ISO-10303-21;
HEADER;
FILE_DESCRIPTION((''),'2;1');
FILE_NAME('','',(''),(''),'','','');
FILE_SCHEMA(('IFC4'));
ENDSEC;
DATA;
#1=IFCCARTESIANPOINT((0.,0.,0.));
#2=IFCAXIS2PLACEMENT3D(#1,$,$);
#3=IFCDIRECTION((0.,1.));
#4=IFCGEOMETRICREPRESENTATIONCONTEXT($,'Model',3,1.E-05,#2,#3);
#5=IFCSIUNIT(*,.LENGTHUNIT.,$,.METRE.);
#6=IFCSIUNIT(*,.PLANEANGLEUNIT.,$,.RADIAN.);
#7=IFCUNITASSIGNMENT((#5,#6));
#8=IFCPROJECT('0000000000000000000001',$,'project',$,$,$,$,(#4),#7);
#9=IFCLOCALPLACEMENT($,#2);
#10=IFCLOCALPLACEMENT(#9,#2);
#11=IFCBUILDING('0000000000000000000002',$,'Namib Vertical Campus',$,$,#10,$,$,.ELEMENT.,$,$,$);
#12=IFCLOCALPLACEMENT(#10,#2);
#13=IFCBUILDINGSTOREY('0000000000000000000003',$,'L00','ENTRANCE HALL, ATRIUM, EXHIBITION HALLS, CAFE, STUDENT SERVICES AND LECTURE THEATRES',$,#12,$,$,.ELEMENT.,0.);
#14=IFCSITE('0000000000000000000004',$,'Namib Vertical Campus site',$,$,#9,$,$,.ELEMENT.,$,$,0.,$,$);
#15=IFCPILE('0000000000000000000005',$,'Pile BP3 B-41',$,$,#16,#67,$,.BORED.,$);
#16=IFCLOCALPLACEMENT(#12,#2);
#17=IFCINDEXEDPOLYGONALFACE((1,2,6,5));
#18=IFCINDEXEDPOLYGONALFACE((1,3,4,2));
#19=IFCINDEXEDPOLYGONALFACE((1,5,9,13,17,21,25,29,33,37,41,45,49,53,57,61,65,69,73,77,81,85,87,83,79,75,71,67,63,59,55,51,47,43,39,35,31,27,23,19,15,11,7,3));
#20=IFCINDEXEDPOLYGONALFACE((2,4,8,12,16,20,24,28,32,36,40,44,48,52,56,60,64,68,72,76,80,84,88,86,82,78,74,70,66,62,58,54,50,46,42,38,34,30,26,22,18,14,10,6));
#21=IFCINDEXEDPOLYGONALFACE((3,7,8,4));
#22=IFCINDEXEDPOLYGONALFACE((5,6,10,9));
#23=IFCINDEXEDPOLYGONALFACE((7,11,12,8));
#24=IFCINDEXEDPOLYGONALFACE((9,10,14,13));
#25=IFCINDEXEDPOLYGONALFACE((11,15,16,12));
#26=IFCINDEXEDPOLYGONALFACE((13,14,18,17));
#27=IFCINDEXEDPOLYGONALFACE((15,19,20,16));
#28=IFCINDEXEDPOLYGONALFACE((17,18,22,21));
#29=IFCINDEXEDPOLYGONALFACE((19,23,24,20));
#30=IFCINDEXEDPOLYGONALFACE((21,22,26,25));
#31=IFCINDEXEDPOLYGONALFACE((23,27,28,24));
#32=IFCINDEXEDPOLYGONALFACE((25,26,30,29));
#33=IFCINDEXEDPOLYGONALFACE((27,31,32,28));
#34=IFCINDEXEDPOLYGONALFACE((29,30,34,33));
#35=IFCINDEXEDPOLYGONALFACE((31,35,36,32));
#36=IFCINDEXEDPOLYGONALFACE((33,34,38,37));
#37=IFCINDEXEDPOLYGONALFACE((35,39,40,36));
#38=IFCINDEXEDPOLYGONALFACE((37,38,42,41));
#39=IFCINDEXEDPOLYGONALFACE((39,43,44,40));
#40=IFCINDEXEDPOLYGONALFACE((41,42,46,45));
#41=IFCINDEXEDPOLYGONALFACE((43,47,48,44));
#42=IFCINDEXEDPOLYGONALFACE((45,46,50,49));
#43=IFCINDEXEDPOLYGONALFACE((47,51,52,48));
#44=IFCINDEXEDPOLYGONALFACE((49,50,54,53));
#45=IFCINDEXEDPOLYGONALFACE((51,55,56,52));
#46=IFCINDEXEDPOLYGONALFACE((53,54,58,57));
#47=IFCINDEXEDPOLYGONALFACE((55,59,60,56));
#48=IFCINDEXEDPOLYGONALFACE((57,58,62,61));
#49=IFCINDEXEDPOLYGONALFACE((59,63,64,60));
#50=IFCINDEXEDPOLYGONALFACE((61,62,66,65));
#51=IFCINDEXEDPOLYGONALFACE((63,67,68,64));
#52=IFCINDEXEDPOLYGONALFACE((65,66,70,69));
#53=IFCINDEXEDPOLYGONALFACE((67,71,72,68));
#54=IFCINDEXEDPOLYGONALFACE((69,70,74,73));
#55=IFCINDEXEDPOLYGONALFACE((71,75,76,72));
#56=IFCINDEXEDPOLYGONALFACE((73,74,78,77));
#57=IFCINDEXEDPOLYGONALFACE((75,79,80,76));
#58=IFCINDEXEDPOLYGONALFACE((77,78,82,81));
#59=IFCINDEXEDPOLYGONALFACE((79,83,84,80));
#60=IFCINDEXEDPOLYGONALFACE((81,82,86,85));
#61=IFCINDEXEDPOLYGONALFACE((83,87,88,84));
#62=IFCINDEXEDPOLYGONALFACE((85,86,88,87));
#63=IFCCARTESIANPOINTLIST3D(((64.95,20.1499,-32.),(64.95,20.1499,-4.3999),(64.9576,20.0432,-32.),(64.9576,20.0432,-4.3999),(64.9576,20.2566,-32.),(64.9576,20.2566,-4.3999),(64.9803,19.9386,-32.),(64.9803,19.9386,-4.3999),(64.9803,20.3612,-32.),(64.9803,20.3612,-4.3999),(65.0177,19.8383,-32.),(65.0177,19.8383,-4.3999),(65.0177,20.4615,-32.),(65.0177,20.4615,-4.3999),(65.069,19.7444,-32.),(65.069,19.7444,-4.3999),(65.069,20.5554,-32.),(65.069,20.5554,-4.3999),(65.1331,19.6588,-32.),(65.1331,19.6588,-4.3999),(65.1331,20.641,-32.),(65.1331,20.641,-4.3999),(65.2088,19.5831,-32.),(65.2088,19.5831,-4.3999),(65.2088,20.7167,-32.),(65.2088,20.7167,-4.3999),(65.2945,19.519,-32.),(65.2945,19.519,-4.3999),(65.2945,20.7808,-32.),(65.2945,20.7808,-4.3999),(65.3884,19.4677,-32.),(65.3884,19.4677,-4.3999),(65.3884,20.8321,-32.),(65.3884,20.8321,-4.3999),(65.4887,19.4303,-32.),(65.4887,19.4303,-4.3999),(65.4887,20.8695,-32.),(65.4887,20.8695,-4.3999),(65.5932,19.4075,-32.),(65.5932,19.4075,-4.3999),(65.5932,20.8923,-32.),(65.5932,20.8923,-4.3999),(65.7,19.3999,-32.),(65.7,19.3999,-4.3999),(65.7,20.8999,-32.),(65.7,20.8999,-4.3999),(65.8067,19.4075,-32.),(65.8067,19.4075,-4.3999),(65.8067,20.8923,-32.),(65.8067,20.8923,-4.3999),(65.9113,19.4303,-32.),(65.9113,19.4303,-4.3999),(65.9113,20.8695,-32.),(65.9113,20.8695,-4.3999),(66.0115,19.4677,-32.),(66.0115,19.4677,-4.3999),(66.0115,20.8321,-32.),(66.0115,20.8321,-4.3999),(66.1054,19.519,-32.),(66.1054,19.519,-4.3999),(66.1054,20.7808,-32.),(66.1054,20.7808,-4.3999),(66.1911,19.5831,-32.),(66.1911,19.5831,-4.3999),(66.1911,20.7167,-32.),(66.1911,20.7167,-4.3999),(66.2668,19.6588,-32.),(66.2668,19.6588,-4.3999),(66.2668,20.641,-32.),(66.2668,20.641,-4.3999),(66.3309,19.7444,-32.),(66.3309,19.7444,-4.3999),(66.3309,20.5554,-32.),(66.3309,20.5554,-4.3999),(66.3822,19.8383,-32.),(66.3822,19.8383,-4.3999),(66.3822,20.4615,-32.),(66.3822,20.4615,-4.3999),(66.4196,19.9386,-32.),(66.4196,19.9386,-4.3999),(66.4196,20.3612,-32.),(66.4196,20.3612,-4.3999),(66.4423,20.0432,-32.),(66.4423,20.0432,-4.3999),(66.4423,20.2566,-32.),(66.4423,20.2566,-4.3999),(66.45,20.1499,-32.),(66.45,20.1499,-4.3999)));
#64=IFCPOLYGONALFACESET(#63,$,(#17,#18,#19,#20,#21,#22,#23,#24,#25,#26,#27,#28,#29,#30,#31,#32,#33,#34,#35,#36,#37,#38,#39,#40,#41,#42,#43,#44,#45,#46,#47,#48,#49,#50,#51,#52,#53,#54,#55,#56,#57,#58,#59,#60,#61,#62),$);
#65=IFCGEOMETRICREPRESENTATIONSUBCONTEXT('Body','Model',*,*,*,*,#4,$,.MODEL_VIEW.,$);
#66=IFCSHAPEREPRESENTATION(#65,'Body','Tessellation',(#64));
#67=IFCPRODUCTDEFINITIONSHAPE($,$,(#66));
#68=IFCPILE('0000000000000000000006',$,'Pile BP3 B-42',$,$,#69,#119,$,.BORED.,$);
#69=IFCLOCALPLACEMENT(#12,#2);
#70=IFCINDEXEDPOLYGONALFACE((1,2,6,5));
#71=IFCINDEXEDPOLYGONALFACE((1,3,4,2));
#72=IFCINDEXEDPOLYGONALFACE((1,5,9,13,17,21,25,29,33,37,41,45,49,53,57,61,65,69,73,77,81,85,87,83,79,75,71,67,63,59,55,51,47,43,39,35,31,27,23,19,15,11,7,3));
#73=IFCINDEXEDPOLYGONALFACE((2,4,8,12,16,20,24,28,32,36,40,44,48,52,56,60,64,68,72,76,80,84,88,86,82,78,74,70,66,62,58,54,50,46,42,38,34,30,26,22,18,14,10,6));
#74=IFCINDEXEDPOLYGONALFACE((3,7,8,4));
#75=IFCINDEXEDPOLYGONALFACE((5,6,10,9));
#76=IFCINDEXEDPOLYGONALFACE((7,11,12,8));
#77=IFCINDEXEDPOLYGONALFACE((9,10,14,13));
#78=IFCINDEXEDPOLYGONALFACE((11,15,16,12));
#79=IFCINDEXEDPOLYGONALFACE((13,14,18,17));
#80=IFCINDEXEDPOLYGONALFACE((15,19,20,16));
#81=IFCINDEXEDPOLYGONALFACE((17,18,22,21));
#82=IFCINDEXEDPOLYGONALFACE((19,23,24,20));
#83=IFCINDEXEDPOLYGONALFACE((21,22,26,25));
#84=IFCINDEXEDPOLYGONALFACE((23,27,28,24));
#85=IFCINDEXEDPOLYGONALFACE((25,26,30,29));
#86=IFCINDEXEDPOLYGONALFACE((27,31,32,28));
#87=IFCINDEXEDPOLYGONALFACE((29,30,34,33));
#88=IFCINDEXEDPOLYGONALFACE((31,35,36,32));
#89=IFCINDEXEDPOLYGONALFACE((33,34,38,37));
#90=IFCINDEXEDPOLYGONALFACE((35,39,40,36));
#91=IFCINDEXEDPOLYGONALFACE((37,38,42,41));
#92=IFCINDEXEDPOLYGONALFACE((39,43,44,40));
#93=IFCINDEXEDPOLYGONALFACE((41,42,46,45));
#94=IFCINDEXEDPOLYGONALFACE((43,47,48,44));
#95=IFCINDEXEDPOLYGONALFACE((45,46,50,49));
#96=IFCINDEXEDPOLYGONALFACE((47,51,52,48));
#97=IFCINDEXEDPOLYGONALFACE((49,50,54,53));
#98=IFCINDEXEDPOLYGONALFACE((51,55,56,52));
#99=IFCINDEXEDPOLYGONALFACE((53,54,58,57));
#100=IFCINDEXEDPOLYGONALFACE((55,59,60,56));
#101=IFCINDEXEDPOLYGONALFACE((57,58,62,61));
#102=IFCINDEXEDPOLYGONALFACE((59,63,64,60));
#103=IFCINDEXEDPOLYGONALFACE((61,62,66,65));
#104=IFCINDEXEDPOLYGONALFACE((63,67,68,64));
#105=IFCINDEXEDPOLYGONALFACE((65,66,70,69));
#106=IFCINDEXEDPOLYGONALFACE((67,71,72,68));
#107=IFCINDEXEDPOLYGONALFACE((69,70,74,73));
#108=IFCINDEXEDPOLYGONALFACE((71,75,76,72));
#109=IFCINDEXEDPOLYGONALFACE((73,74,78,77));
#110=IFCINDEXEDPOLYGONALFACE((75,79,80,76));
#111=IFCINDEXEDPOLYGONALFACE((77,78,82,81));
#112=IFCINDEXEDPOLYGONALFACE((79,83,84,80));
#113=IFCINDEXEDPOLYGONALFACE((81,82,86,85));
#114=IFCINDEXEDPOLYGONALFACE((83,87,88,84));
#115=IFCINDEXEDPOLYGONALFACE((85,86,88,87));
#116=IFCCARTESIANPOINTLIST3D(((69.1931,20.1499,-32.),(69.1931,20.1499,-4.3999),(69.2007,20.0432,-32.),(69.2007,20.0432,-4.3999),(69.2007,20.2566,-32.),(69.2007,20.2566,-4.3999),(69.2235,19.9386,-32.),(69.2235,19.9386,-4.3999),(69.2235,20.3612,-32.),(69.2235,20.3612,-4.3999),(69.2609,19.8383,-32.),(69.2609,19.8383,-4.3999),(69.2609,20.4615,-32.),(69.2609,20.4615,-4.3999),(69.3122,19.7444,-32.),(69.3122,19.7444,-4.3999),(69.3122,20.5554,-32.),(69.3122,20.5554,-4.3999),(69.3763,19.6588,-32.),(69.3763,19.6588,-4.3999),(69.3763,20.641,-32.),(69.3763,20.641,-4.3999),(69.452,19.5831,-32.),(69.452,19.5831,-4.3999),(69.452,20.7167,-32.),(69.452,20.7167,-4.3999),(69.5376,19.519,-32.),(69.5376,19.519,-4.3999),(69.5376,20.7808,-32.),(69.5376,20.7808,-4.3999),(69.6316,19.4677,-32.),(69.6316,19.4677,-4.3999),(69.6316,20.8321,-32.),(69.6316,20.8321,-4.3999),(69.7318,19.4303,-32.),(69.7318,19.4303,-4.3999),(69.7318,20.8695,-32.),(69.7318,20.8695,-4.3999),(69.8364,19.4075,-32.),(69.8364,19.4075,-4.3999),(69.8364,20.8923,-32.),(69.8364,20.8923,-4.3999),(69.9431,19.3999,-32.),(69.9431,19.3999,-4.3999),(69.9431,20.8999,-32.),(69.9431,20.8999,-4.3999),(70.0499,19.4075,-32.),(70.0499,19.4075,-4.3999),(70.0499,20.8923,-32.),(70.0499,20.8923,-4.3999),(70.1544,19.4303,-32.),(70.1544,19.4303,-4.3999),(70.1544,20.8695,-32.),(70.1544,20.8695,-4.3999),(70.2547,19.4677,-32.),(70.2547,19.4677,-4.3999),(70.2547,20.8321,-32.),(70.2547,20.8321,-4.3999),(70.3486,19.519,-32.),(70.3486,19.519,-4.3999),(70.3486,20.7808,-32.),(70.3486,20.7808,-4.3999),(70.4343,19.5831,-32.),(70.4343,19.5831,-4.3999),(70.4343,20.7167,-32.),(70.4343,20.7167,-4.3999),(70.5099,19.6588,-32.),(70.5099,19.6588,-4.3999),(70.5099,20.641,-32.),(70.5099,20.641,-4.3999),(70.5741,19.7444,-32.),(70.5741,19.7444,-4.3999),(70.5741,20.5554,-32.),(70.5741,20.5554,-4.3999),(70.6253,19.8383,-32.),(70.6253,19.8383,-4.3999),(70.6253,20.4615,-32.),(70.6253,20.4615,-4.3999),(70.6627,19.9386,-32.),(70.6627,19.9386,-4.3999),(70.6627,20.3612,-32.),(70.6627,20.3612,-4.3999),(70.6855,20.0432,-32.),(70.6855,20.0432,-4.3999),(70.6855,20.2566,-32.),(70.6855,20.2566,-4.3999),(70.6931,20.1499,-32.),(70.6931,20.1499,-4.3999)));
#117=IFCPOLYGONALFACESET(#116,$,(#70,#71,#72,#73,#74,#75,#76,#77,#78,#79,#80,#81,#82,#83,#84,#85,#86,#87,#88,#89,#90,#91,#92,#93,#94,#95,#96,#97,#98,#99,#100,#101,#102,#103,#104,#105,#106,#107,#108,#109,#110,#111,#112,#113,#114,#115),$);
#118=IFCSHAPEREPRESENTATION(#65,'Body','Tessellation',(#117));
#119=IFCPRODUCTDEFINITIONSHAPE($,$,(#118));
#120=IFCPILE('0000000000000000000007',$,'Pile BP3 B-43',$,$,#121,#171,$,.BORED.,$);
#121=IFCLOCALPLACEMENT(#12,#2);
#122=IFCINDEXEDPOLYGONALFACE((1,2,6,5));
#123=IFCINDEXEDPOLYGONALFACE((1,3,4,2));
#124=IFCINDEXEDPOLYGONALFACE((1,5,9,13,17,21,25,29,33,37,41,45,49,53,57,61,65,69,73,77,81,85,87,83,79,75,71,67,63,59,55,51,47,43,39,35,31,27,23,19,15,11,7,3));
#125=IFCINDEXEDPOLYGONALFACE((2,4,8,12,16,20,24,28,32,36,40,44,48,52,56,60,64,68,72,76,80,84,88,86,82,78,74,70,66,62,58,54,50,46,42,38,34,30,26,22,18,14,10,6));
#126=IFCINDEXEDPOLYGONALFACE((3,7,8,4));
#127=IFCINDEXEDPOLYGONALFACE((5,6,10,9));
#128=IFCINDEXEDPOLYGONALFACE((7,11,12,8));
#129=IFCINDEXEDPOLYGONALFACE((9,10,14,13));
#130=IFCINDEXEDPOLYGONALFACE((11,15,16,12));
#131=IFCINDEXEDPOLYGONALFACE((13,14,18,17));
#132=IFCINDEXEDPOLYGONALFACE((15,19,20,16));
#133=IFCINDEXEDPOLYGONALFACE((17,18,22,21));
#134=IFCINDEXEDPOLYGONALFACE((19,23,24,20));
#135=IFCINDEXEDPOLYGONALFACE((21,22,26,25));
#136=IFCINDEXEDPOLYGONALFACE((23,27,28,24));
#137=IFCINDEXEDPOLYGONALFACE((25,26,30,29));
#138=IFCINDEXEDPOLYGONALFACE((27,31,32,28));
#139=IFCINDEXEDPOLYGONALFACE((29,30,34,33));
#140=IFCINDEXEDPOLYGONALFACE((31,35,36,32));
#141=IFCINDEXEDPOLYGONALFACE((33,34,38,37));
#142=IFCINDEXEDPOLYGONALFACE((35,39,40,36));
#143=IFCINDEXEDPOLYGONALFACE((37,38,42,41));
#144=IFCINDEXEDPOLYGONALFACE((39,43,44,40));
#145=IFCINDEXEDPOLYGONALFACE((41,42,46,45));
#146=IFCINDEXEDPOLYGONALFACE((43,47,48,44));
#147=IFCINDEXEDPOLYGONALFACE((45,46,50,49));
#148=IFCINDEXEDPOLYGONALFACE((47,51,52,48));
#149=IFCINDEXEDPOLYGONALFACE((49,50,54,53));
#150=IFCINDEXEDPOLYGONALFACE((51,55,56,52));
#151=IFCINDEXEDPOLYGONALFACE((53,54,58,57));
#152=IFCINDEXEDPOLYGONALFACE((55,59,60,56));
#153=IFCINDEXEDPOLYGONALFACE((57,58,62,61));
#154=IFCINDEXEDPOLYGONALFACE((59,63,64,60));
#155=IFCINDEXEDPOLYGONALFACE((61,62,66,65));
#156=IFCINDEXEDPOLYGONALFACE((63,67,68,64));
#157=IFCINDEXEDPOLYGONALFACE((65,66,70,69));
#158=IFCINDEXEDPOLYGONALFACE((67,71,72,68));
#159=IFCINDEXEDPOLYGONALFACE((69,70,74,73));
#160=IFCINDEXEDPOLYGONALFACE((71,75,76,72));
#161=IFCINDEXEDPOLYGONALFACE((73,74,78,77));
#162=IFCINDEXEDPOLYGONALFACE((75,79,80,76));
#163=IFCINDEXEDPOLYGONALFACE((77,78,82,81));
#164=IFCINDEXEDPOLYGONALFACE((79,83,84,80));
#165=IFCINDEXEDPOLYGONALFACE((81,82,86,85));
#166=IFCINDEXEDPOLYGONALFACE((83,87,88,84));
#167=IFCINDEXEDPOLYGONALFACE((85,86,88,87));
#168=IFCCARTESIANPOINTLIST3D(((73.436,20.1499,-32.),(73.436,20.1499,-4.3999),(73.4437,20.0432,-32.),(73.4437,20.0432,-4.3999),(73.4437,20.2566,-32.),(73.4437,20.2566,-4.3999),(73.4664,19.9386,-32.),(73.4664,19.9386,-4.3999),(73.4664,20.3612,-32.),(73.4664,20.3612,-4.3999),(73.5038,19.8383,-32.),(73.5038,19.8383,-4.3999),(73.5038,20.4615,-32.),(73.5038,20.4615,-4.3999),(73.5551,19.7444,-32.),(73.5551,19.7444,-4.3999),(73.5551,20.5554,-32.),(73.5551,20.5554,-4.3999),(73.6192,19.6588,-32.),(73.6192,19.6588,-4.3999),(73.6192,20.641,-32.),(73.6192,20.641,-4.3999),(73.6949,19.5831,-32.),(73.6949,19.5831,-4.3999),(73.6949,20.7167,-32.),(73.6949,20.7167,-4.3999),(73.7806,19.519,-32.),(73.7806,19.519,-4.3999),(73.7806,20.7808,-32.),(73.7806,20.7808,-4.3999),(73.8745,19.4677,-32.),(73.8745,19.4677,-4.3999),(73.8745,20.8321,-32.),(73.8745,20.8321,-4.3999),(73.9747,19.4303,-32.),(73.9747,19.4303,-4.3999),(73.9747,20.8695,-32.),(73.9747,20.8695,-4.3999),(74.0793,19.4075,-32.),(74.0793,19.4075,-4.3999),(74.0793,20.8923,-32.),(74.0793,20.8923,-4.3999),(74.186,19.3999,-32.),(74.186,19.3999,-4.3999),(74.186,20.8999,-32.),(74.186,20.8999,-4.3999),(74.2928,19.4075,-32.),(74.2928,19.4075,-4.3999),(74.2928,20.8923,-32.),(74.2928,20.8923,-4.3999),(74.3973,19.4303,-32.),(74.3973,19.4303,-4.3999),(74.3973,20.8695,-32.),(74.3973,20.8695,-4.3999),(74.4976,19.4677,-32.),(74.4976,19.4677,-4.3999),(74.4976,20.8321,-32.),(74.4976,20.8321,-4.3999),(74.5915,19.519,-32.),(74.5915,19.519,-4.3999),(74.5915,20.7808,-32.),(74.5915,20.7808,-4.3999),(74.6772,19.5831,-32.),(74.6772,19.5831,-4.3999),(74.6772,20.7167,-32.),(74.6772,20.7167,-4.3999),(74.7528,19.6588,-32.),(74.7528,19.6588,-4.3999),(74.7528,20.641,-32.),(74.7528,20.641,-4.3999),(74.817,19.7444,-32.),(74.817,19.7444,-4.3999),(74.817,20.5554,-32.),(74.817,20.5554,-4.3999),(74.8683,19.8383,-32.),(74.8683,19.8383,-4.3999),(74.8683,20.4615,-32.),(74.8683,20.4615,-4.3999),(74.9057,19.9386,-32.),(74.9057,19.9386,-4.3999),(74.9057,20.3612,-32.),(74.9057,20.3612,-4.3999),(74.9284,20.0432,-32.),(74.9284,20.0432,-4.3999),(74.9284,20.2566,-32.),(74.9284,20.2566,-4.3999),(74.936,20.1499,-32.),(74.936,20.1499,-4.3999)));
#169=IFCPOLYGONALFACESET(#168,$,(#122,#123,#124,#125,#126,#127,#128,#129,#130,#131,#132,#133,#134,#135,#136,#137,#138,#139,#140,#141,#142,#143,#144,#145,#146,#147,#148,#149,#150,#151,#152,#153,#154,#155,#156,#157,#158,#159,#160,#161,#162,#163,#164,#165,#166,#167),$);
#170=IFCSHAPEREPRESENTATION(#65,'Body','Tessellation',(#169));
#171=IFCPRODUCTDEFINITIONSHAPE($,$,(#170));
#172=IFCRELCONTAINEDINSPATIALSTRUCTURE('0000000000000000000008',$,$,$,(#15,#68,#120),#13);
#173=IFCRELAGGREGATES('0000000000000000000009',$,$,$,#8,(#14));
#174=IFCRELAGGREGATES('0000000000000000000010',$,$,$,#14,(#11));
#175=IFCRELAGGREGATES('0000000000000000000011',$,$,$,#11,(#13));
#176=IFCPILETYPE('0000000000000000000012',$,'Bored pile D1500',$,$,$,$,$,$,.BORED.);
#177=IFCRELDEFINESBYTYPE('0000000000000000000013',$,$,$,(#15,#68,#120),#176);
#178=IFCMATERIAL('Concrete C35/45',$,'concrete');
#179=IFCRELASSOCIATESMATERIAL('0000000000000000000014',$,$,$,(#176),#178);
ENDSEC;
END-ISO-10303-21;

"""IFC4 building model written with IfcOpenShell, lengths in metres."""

from ifc_helpers import new_model, si_unit, direction, frame, origin, origin_2d, place, context, subcontext, project, spatial, circle, extrude, material, material_profile, profile_set, type_object, element, save


model = new_model("IFC4")

# Units and contexts
model_context = context("Model", 3, precision=1e-05, world=origin(), true_north=direction((0.0, 1.0)))
body_context = subcontext(model_context, "Body", "Model", "MODEL_VIEW")
ifc_project = project(units=[si_unit("LENGTHUNIT", "METRE"), si_unit("PLANEANGLEUNIT", "RADIAN")], contexts=[model_context])

# Site, building, storey
site_placement = place(None, origin())
site = spatial("IfcSite", under=ifc_project, at=site_placement, Name="Namib Vertical Campus site", CompositionType="ELEMENT", RefElevation=0.0)
building_placement = place(site_placement, origin())
building = spatial("IfcBuilding", under=site, at=building_placement, Name="Namib Vertical Campus", CompositionType="ELEMENT")
storey_placement = place(building_placement, origin())
storey = spatial("IfcBuildingStorey", under=building, at=storey_placement, Name="L00", Description="ENTRANCE HALL, ATRIUM, EXHIBITION HALLS, CAFE, STUDENT SERVICES AND LECTURE THEATRES", CompositionType="ELEMENT", Elevation=0.0)

# Piles
ifc_material_1 = material(Name="Concrete C35/45", Category="concrete")
ifc_material_profile_1 = material_profile(ifc_material_1, circle(Radius=0.75, at=origin_2d()))
ifc_profile_set_1 = profile_set([ifc_material_profile_1], Name="Concrete C35/45")
pile_type = type_object("IfcPileType", Name="Bored pile D1500", PredefinedType="BORED", material=ifc_profile_set_1)
for number, where, z_axis, x_axis, name in (
    (1, (65.7, 20.1499, -4.3999), (0.0, 0.0, -1.0), (1.0, 0.0, 0.0), "Pile BP3 B-41"),
    (2, (69.9431, 20.1499, -4.3999), (0.0, 0.0, -1.0), (1.0, 0.0, 0.0), "Pile BP3 B-42"),
    (3, (74.186, 20.1499, -4.3999), (0.0, 0.0, -1.0), (1.0, 0.0, 0.0), "Pile BP3 B-43"),
):
    element("IfcPile", number, at=place(storey_placement, frame(where, z_axis=z_axis, x_axis=x_axis)), inside=storey, type_object=pile_type, Name=name, PredefinedType="BORED", context=body_context, shape_type="SweptSolid", body=[
        extrude(circle(Radius=0.75, at=origin_2d()), origin(), (0.0, 0.0, 1.0), 27.6001),
    ])

save(model, "model.ifc")
